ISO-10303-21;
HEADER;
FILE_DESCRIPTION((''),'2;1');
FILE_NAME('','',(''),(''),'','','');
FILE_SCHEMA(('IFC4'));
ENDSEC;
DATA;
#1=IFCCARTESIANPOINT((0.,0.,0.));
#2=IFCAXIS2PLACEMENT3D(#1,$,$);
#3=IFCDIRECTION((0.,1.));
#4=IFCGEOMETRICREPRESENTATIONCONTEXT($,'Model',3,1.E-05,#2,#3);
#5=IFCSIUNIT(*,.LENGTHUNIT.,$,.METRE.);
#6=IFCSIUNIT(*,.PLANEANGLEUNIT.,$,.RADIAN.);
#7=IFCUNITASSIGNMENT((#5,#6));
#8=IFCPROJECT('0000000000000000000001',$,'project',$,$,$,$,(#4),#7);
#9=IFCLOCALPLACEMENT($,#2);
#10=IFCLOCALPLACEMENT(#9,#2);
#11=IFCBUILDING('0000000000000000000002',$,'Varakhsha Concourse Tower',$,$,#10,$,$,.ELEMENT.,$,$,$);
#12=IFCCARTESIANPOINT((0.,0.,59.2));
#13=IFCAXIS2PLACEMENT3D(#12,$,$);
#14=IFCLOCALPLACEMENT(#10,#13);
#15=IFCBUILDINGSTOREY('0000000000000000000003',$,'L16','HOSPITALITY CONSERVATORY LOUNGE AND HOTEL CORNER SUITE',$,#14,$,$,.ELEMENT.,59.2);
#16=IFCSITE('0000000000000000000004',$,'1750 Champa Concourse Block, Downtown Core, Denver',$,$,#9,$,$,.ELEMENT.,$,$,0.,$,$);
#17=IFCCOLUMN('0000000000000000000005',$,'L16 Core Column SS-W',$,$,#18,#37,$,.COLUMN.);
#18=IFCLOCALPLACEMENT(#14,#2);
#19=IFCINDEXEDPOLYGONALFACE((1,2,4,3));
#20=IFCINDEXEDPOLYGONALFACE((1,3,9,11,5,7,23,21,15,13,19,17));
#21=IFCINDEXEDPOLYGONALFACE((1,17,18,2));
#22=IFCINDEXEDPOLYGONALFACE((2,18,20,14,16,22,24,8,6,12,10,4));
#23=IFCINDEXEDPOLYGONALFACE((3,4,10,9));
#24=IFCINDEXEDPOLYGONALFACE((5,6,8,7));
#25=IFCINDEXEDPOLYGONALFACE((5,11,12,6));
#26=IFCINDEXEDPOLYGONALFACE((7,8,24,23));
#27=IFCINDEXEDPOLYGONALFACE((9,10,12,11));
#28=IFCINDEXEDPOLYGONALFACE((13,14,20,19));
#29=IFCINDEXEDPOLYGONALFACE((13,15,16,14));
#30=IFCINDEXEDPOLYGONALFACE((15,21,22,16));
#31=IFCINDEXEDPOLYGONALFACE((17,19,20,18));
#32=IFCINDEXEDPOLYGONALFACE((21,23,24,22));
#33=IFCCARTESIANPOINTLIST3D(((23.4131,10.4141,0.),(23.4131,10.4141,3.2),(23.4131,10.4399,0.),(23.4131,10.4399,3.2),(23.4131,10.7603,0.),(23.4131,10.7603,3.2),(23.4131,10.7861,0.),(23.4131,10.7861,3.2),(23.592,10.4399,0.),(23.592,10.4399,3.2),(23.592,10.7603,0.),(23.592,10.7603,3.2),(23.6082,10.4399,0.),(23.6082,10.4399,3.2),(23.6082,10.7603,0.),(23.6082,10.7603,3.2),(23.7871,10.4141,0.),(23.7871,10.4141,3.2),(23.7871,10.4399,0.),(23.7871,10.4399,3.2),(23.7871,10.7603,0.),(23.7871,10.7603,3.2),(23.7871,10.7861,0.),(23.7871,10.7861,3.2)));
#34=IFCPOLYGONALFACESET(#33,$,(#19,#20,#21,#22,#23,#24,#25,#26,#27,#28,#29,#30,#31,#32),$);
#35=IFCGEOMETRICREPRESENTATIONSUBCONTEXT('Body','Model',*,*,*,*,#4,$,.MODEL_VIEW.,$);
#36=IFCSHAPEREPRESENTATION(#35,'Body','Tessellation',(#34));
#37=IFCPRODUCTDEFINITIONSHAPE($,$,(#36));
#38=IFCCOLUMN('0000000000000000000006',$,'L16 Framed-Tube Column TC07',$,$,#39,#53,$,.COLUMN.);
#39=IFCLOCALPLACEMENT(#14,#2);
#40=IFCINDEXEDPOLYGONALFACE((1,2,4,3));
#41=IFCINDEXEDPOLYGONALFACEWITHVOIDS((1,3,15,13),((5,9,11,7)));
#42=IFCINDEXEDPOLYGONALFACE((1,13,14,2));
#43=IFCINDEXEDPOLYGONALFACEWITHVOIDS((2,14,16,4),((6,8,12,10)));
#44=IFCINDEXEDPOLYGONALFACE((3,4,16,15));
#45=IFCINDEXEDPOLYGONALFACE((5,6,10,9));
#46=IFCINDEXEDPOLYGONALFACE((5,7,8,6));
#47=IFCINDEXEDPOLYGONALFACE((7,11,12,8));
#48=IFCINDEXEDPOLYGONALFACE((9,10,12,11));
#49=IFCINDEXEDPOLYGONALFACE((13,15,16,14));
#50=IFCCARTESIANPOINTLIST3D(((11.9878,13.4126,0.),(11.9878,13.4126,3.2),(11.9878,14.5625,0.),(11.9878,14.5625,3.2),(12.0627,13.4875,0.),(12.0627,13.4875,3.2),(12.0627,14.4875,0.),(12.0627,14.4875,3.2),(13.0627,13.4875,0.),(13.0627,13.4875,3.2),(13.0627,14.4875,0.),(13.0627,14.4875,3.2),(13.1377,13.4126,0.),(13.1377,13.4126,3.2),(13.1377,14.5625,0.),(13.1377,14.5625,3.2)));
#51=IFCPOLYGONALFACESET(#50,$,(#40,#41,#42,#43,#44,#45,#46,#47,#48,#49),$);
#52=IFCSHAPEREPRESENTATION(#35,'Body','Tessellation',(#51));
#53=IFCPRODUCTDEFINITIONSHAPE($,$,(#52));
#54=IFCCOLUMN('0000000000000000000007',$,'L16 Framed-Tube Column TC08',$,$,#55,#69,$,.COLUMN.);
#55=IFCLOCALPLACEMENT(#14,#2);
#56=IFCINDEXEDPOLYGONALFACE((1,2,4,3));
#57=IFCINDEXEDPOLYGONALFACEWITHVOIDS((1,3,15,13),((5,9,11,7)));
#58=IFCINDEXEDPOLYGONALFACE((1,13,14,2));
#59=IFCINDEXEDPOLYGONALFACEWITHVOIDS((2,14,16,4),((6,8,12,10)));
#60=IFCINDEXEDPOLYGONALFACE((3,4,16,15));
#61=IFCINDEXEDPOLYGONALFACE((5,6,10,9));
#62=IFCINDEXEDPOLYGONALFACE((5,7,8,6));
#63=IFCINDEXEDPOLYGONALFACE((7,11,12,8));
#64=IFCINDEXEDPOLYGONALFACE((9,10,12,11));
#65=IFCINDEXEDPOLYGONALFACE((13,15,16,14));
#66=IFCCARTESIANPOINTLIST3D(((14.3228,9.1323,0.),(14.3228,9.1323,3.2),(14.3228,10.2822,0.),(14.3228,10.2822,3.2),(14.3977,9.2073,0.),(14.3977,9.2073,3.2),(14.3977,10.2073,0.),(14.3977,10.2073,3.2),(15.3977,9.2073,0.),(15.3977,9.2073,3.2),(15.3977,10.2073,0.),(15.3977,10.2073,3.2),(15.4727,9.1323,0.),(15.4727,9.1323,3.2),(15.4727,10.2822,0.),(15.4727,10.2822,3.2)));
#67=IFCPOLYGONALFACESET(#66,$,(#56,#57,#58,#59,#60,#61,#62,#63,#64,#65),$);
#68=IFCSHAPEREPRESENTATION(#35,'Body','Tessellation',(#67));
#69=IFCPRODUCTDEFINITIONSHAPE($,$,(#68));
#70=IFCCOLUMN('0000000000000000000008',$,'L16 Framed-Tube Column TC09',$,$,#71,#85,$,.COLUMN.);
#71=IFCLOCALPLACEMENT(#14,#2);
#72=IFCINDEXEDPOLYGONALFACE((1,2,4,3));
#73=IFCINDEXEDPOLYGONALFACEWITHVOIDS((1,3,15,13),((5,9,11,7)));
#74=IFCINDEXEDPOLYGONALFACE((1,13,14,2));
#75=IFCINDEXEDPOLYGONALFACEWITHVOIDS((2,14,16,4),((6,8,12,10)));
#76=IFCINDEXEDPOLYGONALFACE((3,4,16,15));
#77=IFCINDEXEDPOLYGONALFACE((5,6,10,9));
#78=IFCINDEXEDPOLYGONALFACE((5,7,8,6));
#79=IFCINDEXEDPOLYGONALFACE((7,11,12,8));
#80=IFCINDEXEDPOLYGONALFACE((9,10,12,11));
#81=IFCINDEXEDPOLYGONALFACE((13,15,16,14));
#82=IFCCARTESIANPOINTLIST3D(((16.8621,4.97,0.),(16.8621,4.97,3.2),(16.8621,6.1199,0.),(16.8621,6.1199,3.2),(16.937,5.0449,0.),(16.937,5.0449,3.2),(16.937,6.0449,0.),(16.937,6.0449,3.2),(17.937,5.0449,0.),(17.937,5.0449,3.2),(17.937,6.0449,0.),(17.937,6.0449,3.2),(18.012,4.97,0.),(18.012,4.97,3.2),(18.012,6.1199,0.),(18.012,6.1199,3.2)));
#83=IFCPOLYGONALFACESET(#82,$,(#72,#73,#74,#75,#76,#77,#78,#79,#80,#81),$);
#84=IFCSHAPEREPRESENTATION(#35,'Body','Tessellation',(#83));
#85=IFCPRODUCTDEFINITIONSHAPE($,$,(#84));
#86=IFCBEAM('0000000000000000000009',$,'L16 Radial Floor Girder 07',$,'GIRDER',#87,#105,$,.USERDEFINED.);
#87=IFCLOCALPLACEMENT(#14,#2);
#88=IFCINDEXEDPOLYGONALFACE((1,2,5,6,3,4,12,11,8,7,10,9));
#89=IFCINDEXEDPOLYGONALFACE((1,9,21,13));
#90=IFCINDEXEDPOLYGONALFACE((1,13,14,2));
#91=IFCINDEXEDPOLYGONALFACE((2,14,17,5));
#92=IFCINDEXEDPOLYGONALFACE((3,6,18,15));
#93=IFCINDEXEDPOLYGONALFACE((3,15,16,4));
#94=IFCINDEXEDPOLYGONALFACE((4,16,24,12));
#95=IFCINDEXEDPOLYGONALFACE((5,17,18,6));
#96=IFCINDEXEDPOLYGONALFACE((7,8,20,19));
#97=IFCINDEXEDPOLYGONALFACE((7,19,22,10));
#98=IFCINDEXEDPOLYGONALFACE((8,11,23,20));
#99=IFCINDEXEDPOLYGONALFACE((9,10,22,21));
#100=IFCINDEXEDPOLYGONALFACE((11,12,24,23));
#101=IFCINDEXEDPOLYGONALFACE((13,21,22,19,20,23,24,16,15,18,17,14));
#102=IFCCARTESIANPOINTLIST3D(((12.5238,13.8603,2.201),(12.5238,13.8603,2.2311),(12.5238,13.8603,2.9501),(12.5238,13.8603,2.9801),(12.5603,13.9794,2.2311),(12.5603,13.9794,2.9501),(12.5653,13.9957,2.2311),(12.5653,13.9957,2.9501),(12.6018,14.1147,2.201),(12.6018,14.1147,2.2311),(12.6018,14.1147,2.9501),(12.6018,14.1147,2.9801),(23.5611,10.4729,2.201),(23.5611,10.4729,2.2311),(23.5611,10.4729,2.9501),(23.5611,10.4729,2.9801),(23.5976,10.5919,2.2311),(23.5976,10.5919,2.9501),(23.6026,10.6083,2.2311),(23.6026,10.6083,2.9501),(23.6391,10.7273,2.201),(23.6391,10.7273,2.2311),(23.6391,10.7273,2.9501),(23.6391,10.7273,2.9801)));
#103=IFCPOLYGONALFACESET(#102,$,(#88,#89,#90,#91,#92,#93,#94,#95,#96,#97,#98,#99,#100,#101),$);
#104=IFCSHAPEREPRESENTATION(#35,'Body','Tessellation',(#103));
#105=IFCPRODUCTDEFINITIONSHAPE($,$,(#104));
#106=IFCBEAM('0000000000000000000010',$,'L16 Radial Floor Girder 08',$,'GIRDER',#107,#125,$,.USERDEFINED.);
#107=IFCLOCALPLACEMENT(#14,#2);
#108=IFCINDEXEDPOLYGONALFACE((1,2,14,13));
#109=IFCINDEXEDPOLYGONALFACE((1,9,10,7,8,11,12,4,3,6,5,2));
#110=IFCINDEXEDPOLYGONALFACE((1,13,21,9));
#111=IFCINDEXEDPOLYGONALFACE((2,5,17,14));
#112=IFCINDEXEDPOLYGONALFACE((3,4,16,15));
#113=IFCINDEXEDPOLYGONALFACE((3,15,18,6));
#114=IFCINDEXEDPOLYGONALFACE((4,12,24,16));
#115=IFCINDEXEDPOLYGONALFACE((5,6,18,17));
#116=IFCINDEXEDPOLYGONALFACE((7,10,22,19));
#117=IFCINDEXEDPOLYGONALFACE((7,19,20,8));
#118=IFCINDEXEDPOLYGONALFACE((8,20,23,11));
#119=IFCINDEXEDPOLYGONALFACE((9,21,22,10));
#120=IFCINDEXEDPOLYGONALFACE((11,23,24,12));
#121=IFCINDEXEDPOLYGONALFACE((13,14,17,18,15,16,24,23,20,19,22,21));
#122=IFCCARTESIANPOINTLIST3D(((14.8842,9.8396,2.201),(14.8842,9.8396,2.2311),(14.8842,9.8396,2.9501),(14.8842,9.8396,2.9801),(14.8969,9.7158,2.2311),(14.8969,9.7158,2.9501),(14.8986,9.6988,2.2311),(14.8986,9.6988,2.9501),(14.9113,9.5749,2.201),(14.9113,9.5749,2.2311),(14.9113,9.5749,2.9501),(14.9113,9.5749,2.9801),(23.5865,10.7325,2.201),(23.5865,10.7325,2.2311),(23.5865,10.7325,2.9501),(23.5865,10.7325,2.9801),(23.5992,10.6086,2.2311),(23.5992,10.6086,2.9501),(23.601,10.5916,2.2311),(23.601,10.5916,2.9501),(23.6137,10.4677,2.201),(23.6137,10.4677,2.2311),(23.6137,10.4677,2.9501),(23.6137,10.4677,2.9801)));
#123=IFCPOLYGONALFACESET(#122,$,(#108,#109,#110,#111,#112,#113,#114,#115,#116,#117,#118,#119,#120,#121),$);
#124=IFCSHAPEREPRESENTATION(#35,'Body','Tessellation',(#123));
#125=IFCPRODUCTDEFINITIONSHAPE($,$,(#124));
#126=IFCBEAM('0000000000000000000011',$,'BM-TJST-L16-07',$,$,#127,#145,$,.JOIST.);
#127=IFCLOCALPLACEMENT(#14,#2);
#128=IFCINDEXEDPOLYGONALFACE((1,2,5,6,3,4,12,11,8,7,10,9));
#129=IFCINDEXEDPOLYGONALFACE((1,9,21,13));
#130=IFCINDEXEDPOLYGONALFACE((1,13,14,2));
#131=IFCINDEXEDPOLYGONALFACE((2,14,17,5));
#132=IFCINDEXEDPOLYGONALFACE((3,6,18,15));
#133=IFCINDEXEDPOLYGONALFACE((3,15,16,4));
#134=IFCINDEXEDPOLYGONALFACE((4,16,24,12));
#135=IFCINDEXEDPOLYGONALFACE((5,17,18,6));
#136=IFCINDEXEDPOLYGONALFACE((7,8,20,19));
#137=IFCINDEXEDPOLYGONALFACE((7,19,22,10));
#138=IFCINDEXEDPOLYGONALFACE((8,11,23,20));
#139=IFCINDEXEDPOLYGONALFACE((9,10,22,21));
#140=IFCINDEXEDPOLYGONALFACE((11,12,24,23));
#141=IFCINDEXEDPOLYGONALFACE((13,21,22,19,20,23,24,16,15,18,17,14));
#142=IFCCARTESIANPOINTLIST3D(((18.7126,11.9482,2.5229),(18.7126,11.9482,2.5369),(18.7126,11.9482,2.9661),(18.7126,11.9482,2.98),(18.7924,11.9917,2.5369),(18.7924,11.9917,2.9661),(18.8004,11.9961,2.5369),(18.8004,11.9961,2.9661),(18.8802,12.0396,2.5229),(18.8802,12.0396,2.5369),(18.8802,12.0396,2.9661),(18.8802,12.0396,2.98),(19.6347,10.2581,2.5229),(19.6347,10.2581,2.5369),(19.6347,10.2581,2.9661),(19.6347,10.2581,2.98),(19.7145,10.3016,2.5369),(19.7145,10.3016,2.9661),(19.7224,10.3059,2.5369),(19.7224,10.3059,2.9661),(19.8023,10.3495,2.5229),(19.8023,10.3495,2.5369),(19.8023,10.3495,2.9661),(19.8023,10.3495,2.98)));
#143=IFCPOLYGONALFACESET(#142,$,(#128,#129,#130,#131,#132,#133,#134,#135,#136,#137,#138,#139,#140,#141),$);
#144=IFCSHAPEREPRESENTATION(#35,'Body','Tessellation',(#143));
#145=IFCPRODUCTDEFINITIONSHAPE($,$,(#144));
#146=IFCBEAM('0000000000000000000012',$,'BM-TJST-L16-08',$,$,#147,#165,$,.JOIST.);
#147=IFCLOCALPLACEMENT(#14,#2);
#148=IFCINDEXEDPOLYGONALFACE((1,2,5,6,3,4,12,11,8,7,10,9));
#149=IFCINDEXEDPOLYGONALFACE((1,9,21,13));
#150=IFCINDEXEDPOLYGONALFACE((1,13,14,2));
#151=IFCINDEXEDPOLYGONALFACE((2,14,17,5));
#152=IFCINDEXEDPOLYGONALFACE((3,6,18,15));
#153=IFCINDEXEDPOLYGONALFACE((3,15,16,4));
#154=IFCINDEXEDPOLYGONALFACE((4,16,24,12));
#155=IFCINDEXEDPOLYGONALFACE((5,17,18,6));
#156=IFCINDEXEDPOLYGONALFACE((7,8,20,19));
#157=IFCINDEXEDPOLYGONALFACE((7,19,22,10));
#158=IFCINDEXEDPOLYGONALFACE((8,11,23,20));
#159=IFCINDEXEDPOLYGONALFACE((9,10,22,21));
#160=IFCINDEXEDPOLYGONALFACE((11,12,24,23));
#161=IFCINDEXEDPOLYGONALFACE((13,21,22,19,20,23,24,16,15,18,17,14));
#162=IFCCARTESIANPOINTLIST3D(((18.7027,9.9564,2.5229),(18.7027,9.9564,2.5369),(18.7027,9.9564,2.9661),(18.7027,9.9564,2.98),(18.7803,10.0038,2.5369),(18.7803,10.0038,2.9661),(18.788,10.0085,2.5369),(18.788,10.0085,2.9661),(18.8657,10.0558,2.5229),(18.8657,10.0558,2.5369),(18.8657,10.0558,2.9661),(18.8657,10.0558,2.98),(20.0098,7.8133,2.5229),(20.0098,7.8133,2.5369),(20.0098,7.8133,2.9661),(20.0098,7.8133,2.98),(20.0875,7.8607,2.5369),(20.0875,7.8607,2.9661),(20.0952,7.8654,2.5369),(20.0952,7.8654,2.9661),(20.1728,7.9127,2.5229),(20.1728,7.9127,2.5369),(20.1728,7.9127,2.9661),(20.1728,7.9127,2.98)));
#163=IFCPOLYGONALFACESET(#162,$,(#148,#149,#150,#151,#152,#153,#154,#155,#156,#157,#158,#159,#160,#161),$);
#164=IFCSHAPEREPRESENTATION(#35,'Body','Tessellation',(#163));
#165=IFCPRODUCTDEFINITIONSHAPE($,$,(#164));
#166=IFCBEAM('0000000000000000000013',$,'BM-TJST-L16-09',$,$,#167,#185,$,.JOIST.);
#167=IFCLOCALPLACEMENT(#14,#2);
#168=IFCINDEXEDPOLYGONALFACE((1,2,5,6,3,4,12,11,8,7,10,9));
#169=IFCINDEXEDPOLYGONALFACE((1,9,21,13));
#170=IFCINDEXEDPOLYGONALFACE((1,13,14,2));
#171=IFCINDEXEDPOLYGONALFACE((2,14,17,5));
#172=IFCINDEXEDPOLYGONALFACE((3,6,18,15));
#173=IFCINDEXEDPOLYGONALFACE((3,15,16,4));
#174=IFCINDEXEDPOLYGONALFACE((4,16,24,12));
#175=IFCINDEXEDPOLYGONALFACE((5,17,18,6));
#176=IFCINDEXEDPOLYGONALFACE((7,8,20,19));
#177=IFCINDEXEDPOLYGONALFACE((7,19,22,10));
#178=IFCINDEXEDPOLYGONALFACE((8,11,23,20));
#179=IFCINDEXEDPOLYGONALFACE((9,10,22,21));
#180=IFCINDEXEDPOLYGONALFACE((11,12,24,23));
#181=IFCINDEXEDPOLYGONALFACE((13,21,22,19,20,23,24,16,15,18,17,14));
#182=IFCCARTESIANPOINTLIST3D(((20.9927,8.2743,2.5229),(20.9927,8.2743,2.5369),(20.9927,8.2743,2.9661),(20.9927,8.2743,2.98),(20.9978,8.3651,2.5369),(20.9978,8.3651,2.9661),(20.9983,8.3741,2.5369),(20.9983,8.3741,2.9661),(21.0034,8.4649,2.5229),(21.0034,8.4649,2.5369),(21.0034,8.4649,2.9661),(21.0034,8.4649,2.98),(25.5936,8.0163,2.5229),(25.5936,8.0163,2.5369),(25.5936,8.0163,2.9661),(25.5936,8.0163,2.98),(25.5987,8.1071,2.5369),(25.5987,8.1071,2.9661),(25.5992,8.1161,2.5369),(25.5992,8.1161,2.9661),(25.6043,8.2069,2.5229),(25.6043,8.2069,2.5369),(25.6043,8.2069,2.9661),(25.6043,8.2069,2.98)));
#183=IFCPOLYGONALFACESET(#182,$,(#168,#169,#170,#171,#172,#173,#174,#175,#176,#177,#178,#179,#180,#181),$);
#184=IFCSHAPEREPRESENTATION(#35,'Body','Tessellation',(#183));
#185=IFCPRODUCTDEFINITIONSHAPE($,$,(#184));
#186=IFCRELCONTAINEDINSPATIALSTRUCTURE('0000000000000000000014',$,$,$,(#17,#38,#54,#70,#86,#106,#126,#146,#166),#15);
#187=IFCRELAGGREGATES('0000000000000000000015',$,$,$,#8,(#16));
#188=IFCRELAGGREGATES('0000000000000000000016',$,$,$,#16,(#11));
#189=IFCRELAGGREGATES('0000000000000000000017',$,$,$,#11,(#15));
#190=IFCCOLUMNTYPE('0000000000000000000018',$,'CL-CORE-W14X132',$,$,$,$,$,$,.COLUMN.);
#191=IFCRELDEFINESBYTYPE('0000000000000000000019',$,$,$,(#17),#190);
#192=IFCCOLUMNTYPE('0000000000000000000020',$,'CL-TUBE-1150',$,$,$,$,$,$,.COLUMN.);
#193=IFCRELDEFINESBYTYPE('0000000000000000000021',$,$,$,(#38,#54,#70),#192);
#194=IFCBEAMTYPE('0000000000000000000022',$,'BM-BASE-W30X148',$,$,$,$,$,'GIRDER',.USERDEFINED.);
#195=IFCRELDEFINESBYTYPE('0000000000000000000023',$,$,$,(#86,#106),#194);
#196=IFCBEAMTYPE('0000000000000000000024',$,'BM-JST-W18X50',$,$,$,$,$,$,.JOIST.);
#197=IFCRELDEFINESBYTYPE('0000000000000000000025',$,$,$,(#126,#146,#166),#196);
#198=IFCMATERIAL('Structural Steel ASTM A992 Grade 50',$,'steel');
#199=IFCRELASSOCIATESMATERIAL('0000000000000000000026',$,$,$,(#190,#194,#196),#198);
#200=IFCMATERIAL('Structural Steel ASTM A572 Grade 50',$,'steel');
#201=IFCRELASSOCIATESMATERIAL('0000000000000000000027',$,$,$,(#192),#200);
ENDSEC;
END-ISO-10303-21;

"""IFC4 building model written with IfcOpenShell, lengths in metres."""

from ifc_helpers import new_model, si_unit, direction, frame, origin, origin_2d, place, context, subcontext, project, spatial, hollow_rectangle, i_section, extrude, material, material_profile, profile_set, type_object, element, save


model = new_model("IFC4")

# Units and contexts
model_context = context("Model", 3, precision=1e-05, world=origin(), true_north=direction((0.0, 1.0)))
body_context = subcontext(model_context, "Body", "Model", "MODEL_VIEW")
ifc_project = project(units=[si_unit("LENGTHUNIT", "METRE"), si_unit("PLANEANGLEUNIT", "RADIAN")], contexts=[model_context])

# Site, building, storey
site_placement = place(None, origin())
site = spatial("IfcSite", under=ifc_project, at=site_placement, Name="1750 Champa Concourse Block, Downtown Core, Denver", CompositionType="ELEMENT", RefElevation=0.0)
building_placement = place(site_placement, origin())
building = spatial("IfcBuilding", under=site, at=building_placement, Name="Varakhsha Concourse Tower", CompositionType="ELEMENT")
storey_placement = place(building_placement, frame((0.0, 0.0, 59.2)))
storey = spatial("IfcBuildingStorey", under=building, at=storey_placement, Name="L16", Description="HOSPITALITY CONSERVATORY LOUNGE AND HOTEL CORNER SUITE", CompositionType="ELEMENT", Elevation=59.2)

# Columns
ifc_material_1 = material(Name="Structural Steel ASTM A992 Grade 50", Category="steel")
ifc_material_profile_1 = material_profile(ifc_material_1, i_section(OverallWidth=0.374, OverallDepth=0.3721, WebThickness=0.0161, FlangeThickness=0.0259, at=origin_2d()), Name="W14X132")
ifc_profile_set_1 = profile_set([ifc_material_profile_1], Name="Structural Steel ASTM A992 Grade 50")
column_type_1 = type_object("IfcColumnType", Name="CL-CORE-W14X132", PredefinedType="COLUMN", material=ifc_profile_set_1)
column_placement = place(storey_placement, frame((23.6001, 10.6001, 0.0), z_axis=(0.0, 0.0, 1.0), x_axis=(1.0, 0.0, 0.0)))
element("IfcColumn", 1, at=column_placement, inside=storey, type_object=column_type_1, Name="L16 Core Column SS-W", PredefinedType="COLUMN", context=body_context, shape_type="SweptSolid", body=[
    extrude(i_section(OverallWidth=0.374, OverallDepth=0.3721, WebThickness=0.0161, FlangeThickness=0.0259, at=origin_2d()), origin(), (0.0, 0.0, 1.0), 3.2),
])
ifc_material_2 = material(Name="Structural Steel ASTM A572 Grade 50", Category="steel")
ifc_material_profile_2 = material_profile(ifc_material_2, hollow_rectangle(XDim=1.1499, YDim=1.1499, WallThickness=0.075, at=origin_2d()), Name="BOX 1150x1150x75")
ifc_profile_set_2 = profile_set([ifc_material_profile_2], Name="Structural Steel ASTM A572 Grade 50")
column_type_2 = type_object("IfcColumnType", Name="CL-TUBE-1150", PredefinedType="COLUMN", material=ifc_profile_set_2)
for number, where, z_axis, x_axis, name in (
    (2, (12.5627, 13.9875, 0.0), (0.0, 0.0, 1.0), (1.0, 0.0, 0.0), "L16 Framed-Tube Column TC07"),
    (3, (14.8977, 9.7073, 0.0), (0.0, 0.0, 1.0), (1.0, 0.0, 0.0), "L16 Framed-Tube Column TC08"),
    (4, (17.437, 5.5449, 0.0), (0.0, 0.0, 1.0), (1.0, 0.0, 0.0), "L16 Framed-Tube Column TC09"),
):
    element("IfcColumn", number, at=place(storey_placement, frame(where, z_axis=z_axis, x_axis=x_axis)), inside=storey, type_object=column_type_2, Name=name, PredefinedType="COLUMN", context=body_context, shape_type="SweptSolid", body=[
        extrude(hollow_rectangle(XDim=1.1499, YDim=1.1499, WallThickness=0.075, at=origin_2d()), origin(), (0.0, 0.0, 1.0), 3.2),
    ])

# Beams
ifc_material_profile_3 = material_profile(ifc_material_1, i_section(OverallWidth=0.2661, OverallDepth=0.7791, WebThickness=0.0171, FlangeThickness=0.03, at=origin_2d()), Name="W30X148")
ifc_profile_set_3 = profile_set([ifc_material_profile_3], Name="Structural Steel ASTM A992 Grade 50")
beam_type_1 = type_object("IfcBeamType", Name="BM-BASE-W30X148", ElementType="GIRDER", PredefinedType="USERDEFINED", material=ifc_profile_set_3)
beam_1_placement = place(storey_placement, frame((23.6001, 10.6001, 2.5906), z_axis=(-0.95599, 0.293401, 0.0), x_axis=(-0.293401, -0.95599, 0.0)))
element("IfcBeam", 5, at=beam_1_placement, inside=storey, type_object=beam_type_1, Name="L16 Radial Floor Girder 07", ObjectType="GIRDER", PredefinedType="USERDEFINED", context=body_context, shape_type="SweptSolid", body=[
    extrude(i_section(OverallWidth=0.2661, OverallDepth=0.7791, WebThickness=0.0171, FlangeThickness=0.03, at=origin_2d()), origin(), (0.0, 0.0, 1.0), 11.5454),
])
beam_2_placement = place(storey_placement, frame((23.6001, 10.6001, 2.5906), z_axis=(-0.994778, -0.102059, 0.0), x_axis=(0.102059, -0.994778, 0.0)))
element("IfcBeam", 6, at=beam_2_placement, inside=storey, type_object=beam_type_1, Name="L16 Radial Floor Girder 08", ObjectType="GIRDER", PredefinedType="USERDEFINED", context=body_context, shape_type="SweptSolid", body=[
    extrude(i_section(OverallWidth=0.2661, OverallDepth=0.7791, WebThickness=0.0171, FlangeThickness=0.03, at=origin_2d()), origin(), (0.0, 0.0, 1.0), 8.748),
])
ifc_material_profile_4 = material_profile(ifc_material_1, i_section(OverallWidth=0.1909, OverallDepth=0.457, WebThickness=0.009, FlangeThickness=0.0139, at=origin_2d()), Name="W18X50")
ifc_profile_set_4 = profile_set([ifc_material_profile_4], Name="Structural Steel ASTM A992 Grade 50")
beam_type_2 = type_object("IfcBeamType", Name="BM-JST-W18X50", PredefinedType="JOIST", material=ifc_profile_set_4)
beam_3_placement = place(storey_placement, frame((18.7964, 11.9939, 2.7515), z_axis=(0.478932, -0.877852, 0.0), x_axis=(0.877852, 0.478932, 0.0)))
element("IfcBeam", 7, at=beam_3_placement, inside=storey, type_object=beam_type_2, Name="BM-TJST-L16-07", PredefinedType="JOIST", context=body_context, shape_type="SweptSolid", body=[
    extrude(i_section(OverallWidth=0.1909, OverallDepth=0.457, WebThickness=0.009, FlangeThickness=0.0139, at=origin_2d()), origin(), (0.0, 0.0, 1.0), 1.9253),
])
beam_4_placement = place(storey_placement, frame((18.7842, 10.0061, 2.7515), z_axis=(0.520718, -0.853729, 0.0), x_axis=(0.853729, 0.520718, 0.0)))
element("IfcBeam", 8, at=beam_4_placement, inside=storey, type_object=beam_type_2, Name="BM-TJST-L16-08", PredefinedType="JOIST", context=body_context, shape_type="SweptSolid", body=[
    extrude(i_section(OverallWidth=0.1909, OverallDepth=0.457, WebThickness=0.009, FlangeThickness=0.0139, at=origin_2d()), origin(), (0.0, 0.0, 1.0), 2.5103),
])
beam_5_placement = place(storey_placement, frame((20.998, 8.3696, 2.7515), z_axis=(0.998431, -0.056001, 0.0), x_axis=(0.056001, 0.998431, 0.0)))
element("IfcBeam", 9, at=beam_5_placement, inside=storey, type_object=beam_type_2, Name="BM-TJST-L16-09", PredefinedType="JOIST", context=body_context, shape_type="SweptSolid", body=[
    extrude(i_section(OverallWidth=0.1909, OverallDepth=0.457, WebThickness=0.009, FlangeThickness=0.0139, at=origin_2d()), origin(), (0.0, 0.0, 1.0), 4.6082),
])

save(model, "model.ifc")
